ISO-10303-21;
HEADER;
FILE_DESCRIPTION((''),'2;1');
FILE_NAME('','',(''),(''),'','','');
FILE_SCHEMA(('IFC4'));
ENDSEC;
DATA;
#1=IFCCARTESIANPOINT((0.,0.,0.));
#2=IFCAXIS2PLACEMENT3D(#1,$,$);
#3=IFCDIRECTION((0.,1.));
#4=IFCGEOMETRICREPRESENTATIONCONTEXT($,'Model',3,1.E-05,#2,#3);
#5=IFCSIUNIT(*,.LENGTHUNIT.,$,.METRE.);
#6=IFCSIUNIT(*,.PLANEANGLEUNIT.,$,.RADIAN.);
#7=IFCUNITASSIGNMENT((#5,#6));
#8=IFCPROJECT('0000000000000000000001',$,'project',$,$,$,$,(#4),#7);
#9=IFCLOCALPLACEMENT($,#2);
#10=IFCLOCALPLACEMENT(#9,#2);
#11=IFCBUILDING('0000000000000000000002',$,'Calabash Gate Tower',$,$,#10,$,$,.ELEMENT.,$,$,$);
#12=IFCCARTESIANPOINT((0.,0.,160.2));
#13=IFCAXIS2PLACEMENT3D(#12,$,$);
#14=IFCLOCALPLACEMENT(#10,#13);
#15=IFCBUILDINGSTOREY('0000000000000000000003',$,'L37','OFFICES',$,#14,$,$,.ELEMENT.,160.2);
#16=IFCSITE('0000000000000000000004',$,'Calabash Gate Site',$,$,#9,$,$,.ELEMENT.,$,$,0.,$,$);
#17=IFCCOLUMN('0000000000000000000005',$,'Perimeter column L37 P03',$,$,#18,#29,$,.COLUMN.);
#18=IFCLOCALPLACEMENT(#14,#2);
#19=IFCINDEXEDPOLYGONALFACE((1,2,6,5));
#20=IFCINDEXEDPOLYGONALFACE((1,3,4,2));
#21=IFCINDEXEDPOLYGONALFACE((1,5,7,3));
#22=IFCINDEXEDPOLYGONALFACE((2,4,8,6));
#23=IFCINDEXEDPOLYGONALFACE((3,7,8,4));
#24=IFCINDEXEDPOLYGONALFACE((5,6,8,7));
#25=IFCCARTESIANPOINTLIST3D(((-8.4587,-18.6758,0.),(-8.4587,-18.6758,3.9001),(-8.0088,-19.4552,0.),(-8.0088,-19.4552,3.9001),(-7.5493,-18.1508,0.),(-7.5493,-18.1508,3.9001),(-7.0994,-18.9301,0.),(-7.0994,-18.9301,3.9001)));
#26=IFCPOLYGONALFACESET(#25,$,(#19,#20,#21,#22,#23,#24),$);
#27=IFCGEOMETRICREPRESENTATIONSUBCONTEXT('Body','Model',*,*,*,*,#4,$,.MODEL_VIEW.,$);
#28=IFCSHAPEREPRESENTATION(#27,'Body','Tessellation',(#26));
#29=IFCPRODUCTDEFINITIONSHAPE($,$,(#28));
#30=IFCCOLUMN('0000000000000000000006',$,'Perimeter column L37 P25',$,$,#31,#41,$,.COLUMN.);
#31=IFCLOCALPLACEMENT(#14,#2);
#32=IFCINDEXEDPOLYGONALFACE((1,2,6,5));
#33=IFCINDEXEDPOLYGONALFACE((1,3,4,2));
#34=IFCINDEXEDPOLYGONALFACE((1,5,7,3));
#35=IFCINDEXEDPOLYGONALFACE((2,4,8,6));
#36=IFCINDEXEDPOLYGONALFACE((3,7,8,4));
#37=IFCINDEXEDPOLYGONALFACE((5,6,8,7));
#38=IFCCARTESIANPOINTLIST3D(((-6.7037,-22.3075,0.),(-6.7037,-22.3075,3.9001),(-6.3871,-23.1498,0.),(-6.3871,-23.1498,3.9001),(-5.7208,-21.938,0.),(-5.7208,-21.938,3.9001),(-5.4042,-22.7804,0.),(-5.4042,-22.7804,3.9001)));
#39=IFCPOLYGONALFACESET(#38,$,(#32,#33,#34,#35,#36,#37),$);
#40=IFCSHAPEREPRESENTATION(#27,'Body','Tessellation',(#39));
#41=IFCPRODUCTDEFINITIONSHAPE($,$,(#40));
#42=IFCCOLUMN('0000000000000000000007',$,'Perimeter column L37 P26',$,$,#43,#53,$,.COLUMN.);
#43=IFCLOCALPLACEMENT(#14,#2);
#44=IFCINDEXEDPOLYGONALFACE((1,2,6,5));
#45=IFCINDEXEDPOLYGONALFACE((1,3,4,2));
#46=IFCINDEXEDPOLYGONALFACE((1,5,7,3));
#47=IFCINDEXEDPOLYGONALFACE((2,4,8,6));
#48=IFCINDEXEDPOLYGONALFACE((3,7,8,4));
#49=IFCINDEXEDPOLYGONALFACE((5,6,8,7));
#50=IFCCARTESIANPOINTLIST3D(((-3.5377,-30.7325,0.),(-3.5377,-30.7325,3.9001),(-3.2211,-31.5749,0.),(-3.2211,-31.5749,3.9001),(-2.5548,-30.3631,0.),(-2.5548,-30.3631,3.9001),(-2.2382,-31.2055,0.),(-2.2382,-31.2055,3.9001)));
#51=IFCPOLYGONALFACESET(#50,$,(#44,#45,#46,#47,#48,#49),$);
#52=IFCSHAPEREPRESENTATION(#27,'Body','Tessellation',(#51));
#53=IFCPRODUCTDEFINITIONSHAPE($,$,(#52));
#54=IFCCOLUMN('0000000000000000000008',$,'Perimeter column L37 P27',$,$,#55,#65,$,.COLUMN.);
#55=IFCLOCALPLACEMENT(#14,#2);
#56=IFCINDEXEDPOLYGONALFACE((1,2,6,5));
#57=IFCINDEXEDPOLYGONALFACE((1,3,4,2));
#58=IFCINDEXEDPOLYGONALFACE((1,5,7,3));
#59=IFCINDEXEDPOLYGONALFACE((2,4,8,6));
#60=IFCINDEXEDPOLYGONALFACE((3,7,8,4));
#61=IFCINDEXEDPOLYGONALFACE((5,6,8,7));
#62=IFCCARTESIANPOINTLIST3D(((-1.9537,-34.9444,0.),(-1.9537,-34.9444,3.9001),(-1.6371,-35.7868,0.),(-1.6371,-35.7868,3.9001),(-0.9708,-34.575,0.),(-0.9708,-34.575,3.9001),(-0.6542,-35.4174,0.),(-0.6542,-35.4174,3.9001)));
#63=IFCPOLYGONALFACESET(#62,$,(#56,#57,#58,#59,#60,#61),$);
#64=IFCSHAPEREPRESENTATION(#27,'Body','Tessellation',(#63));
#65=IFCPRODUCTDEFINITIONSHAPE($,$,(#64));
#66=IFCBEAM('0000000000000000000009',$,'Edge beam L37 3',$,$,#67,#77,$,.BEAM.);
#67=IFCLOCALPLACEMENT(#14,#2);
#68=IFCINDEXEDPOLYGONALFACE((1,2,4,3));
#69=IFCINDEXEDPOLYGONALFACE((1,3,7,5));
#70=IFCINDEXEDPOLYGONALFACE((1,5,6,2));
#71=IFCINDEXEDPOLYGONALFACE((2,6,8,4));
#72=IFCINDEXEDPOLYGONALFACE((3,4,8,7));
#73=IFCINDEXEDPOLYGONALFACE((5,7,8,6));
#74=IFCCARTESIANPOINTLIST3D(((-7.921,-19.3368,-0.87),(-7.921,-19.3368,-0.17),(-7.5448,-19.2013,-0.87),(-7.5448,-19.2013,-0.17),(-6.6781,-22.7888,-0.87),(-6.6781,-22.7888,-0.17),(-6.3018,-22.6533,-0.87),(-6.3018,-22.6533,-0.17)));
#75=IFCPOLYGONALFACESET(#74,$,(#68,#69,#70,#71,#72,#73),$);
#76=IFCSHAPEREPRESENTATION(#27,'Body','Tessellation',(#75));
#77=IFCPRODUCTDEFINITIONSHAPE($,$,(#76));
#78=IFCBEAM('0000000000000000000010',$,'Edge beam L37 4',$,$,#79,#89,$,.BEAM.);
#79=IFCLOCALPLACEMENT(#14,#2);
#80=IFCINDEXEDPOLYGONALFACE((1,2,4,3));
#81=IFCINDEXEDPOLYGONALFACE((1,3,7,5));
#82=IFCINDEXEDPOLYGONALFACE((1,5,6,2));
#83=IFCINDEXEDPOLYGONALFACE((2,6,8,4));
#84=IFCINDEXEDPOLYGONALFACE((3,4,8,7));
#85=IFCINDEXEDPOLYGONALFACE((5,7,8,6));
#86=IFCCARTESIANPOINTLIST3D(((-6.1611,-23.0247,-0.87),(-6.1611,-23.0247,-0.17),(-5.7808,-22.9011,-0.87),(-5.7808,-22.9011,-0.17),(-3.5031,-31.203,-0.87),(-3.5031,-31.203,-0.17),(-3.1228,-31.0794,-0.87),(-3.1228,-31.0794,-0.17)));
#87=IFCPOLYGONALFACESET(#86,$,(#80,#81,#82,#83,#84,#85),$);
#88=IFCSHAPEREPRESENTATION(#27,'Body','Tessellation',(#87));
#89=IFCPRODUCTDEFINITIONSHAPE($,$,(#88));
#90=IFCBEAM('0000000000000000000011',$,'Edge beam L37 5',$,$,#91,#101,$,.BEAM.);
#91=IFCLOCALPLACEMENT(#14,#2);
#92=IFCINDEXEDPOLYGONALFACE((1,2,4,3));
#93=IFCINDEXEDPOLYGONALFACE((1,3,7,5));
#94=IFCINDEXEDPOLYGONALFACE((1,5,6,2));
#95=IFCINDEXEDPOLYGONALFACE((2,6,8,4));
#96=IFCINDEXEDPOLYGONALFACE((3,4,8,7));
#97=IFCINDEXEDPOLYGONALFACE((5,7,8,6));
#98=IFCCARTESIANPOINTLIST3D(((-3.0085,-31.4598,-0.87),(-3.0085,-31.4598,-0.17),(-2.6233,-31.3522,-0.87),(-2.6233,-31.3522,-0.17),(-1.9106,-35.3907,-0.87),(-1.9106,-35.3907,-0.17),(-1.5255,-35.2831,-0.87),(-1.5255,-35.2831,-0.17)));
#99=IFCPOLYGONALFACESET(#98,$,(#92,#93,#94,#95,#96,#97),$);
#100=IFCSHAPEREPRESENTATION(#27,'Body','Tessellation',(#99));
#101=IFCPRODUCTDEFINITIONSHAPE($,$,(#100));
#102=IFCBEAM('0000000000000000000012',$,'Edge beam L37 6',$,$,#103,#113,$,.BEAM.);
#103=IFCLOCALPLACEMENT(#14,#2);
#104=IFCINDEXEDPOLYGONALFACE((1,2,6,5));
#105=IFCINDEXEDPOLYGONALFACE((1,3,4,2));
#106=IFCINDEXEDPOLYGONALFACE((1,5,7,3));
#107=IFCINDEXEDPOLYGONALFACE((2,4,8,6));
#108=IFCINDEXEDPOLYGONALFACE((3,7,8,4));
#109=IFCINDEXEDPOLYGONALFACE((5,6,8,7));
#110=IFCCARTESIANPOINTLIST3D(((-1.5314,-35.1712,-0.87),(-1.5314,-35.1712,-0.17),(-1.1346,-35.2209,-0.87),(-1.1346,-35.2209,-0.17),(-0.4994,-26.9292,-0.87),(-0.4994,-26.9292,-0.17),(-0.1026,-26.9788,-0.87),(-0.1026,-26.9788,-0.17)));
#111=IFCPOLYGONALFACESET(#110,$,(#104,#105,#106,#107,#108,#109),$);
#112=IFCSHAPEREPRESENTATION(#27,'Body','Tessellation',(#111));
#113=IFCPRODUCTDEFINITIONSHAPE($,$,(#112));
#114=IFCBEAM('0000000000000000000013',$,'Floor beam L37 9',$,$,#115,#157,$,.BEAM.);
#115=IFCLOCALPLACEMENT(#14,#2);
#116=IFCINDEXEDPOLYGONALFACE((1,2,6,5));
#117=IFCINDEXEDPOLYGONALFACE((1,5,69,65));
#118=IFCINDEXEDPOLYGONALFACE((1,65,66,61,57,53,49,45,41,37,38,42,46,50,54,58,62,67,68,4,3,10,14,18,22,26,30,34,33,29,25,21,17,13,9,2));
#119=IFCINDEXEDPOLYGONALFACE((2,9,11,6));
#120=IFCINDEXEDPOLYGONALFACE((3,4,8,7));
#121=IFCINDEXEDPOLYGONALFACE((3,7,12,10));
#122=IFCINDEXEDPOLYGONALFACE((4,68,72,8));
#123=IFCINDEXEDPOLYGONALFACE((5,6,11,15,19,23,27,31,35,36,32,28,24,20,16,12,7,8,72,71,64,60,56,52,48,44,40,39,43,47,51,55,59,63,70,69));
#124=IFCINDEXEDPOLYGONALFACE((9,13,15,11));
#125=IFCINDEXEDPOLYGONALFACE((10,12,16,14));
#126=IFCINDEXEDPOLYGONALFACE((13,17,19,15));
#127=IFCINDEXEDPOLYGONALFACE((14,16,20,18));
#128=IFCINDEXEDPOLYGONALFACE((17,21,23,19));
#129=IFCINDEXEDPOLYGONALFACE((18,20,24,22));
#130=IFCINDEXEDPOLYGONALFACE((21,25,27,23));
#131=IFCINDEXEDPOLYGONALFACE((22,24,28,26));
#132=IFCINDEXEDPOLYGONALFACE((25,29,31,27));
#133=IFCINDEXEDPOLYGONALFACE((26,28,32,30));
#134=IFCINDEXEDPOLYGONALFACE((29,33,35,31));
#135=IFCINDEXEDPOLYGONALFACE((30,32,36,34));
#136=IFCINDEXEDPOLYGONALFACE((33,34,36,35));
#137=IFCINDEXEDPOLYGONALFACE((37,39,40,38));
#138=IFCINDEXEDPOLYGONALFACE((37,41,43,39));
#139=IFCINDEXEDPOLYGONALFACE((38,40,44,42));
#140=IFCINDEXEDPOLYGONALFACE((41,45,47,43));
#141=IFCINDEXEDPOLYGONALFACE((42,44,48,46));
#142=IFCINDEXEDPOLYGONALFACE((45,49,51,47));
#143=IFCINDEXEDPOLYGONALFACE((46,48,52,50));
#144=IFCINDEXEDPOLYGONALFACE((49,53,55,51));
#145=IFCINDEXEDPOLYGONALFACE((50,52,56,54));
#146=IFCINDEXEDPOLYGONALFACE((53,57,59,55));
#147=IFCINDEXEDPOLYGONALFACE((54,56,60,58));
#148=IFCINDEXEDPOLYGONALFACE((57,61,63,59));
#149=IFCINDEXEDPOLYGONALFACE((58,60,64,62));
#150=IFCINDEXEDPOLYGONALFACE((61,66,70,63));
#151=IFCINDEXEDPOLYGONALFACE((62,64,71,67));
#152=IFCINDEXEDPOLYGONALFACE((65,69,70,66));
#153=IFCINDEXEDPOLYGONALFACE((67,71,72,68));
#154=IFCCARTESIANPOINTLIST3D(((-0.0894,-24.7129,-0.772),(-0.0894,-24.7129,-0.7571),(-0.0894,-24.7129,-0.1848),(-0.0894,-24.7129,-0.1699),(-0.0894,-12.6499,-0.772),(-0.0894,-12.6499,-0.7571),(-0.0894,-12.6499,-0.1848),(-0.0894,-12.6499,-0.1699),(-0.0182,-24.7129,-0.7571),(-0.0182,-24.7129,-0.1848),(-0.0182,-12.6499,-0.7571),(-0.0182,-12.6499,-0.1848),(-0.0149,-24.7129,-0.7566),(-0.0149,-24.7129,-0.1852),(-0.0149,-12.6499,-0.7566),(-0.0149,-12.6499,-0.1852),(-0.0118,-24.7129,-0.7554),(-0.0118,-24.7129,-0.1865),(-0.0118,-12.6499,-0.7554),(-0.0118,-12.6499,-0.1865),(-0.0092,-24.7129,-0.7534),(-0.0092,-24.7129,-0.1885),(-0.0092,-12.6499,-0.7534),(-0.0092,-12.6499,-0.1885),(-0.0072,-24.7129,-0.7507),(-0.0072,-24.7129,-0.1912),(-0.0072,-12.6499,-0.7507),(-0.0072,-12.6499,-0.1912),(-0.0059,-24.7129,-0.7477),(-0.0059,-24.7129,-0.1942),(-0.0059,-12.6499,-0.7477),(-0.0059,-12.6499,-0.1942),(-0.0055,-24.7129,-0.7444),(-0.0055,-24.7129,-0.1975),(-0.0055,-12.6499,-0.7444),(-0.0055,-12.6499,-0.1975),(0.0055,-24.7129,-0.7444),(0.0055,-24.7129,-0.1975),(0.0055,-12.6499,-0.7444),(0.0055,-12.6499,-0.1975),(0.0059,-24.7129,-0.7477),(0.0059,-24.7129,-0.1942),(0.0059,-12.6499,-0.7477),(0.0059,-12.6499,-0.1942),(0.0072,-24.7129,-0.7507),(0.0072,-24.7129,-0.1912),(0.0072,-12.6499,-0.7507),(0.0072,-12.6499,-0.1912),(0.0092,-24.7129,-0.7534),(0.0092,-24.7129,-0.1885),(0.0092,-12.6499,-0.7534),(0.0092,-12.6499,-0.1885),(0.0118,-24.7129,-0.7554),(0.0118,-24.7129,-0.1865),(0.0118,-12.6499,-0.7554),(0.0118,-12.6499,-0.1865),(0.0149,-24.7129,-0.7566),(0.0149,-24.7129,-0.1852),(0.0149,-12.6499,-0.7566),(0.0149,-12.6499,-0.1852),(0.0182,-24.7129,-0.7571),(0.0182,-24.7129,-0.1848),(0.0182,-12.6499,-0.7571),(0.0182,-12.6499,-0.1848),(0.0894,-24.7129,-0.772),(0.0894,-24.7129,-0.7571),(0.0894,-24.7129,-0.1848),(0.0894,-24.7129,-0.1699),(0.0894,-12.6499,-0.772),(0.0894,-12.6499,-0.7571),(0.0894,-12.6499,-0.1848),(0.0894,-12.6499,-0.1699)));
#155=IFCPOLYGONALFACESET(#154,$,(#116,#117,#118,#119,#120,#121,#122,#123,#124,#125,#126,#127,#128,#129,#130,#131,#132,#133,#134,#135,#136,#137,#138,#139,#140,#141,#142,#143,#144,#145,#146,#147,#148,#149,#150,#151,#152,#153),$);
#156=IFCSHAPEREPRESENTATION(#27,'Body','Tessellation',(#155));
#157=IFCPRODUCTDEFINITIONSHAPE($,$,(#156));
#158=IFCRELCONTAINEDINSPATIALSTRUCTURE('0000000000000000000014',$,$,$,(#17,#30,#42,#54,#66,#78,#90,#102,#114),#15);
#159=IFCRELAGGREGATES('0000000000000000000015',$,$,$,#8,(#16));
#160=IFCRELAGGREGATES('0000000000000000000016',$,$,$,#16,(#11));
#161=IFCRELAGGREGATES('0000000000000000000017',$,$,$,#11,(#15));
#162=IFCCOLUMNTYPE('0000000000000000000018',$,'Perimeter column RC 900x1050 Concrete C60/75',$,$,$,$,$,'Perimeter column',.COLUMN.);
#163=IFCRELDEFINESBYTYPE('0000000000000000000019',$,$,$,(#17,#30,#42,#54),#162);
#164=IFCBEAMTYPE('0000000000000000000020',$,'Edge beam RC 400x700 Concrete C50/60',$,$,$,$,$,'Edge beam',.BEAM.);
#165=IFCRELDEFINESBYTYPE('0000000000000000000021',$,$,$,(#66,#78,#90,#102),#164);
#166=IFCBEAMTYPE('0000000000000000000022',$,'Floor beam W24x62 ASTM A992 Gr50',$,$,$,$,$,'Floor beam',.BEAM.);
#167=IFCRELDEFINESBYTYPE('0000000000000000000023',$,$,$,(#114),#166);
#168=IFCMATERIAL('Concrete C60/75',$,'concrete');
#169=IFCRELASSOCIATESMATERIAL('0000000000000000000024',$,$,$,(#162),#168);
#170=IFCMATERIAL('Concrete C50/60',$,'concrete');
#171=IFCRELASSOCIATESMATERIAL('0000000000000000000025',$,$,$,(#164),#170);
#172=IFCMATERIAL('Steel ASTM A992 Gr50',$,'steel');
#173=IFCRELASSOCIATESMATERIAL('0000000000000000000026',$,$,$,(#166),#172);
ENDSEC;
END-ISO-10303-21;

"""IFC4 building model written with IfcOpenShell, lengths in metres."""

from ifc_helpers import new_model, si_unit, direction, frame, origin, origin_2d, place, context, subcontext, project, spatial, rectangle, i_section, extrude, material, material_profile, profile_set, type_object, element, save


model = new_model("IFC4")

# Units and contexts
model_context = context("Model", 3, precision=1e-05, world=origin(), true_north=direction((0.0, 1.0)))
body_context = subcontext(model_context, "Body", "Model", "MODEL_VIEW")
ifc_project = project(units=[si_unit("LENGTHUNIT", "METRE"), si_unit("PLANEANGLEUNIT", "RADIAN")], contexts=[model_context])

# Site, building, storey
site_placement = place(None, origin())
site = spatial("IfcSite", under=ifc_project, at=site_placement, Name="Calabash Gate Site", CompositionType="ELEMENT", RefElevation=0.0)
building_placement = place(site_placement, origin())
building = spatial("IfcBuilding", under=site, at=building_placement, Name="Calabash Gate Tower", CompositionType="ELEMENT")
storey_placement = place(building_placement, frame((0.0, 0.0, 160.2)))
storey = spatial("IfcBuildingStorey", under=building, at=storey_placement, Name="L37", Description="OFFICES", CompositionType="ELEMENT", Elevation=160.2)

# Columns
ifc_material_1 = material(Name="Concrete C60/75", Category="concrete")
ifc_material_profile_1 = material_profile(ifc_material_1, rectangle(XDim=0.8999, YDim=1.05, at=origin_2d()))
ifc_profile_set_1 = profile_set([ifc_material_profile_1], Name="Concrete C60/75")
column_type = type_object("IfcColumnType", Name="Perimeter column RC 900x1050 Concrete C60/75", ElementType="Perimeter column", PredefinedType="COLUMN", material=ifc_profile_set_1)
for number, where, z_axis, x_axis, name in (
    (1, (-7.7791, -18.803, 0.0), (0.0, 0.0, 1.0), (0.5, -0.866025, 0.0), "Perimeter column L37 P03"),
    (2, (-6.054, -22.5439, 0.0), (0.0, 0.0, 1.0), (0.351823, -0.936067, 0.0), "Perimeter column L37 P25"),
    (3, (-2.8879, -30.969, 0.0), (0.0, 0.0, 1.0), (0.351823, -0.936067, 0.0), "Perimeter column L37 P26"),
    (4, (-1.304, -35.1809, 0.0), (0.0, 0.0, 1.0), (0.351823, -0.936067, 0.0), "Perimeter column L37 P27"),
):
    element("IfcColumn", number, at=place(storey_placement, frame(where, z_axis=z_axis, x_axis=x_axis)), inside=storey, type_object=column_type, Name=name, PredefinedType="COLUMN", context=body_context, shape_type="SweptSolid", body=[
        extrude(rectangle(XDim=0.8999, YDim=1.05, at=origin_2d()), origin(), (0.0, 0.0, 1.0), 3.9001),
    ])

# Beams
ifc_material_2 = material(Name="Concrete C50/60", Category="concrete")
ifc_material_profile_2 = material_profile(ifc_material_2, rectangle(XDim=0.3999, YDim=0.7, at=origin_2d()))
ifc_profile_set_2 = profile_set([ifc_material_profile_2], Name="Concrete C50/60")
beam_type_1 = type_object("IfcBeamType", Name="Edge beam RC 400x700 Concrete C50/60", ElementType="Edge beam", PredefinedType="BEAM", material=ifc_profile_set_2)
beam_1_placement = place(storey_placement, frame((-7.7329, -19.269, -0.52), z_axis=(0.338776, -0.940867, 0.0), x_axis=(0.940867, 0.338776, 0.0)))
element("IfcBeam", 5, at=beam_1_placement, inside=storey, type_object=beam_type_1, Name="Edge beam L37 3", PredefinedType="BEAM", context=body_context, shape_type="SweptSolid", body=[
    extrude(rectangle(XDim=0.3999, YDim=0.7, at=origin_2d()), origin(), (0.0, 0.0, 1.0), 3.6689),
])
beam_2_placement = place(storey_placement, frame((-5.9709, -22.9629, -0.52), z_axis=(0.30909, -0.951033, 0.0), x_axis=(0.951033, 0.30909, 0.0)))
element("IfcBeam", 6, at=beam_2_placement, inside=storey, type_object=beam_type_1, Name="Edge beam L37 4", PredefinedType="BEAM", context=body_context, shape_type="SweptSolid", body=[
    extrude(rectangle(XDim=0.3999, YDim=0.7, at=origin_2d()), origin(), (0.0, 0.0, 1.0), 8.5994),
])
beam_3_placement = place(storey_placement, frame((-2.8159, -31.406, -0.52), z_axis=(0.269004, -0.963139, 0.0), x_axis=(0.963139, 0.269004, 0.0)))
element("IfcBeam", 7, at=beam_3_placement, inside=storey, type_object=beam_type_1, Name="Edge beam L37 5", PredefinedType="BEAM", context=body_context, shape_type="SweptSolid", body=[
    extrude(rectangle(XDim=0.3999, YDim=0.7, at=origin_2d()), origin(), (0.0, 0.0, 1.0), 4.0813),
])
beam_4_placement = place(storey_placement, frame((-1.333, -35.196, -0.52), z_axis=(0.124241, 0.992252, 0.0), x_axis=(-0.992252, 0.124241, 0.0)))
element("IfcBeam", 8, at=beam_4_placement, inside=storey, type_object=beam_type_1, Name="Edge beam L37 6", PredefinedType="BEAM", context=body_context, shape_type="SweptSolid", body=[
    extrude(rectangle(XDim=0.3999, YDim=0.7, at=origin_2d()), origin(), (0.0, 0.0, 1.0), 8.3064),
])
ifc_material_3 = material(Name="Steel ASTM A992 Gr50", Category="steel")
ifc_material_profile_3 = material_profile(ifc_material_3, i_section(OverallWidth=0.1787, OverallDepth=0.6021, WebThickness=0.011, FlangeThickness=0.0149, FilletRadius=0.0127, at=origin_2d()))
ifc_profile_set_3 = profile_set([ifc_material_profile_3], Name="Steel ASTM A992 Gr50")
beam_type_2 = type_object("IfcBeamType", Name="Floor beam W24x62 ASTM A992 Gr50", ElementType="Floor beam", PredefinedType="BEAM", material=ifc_profile_set_3)
beam_5_placement = place(storey_placement, frame((0.0, -24.7129, -0.4709), z_axis=(0.0, 1.0, 0.0), x_axis=(-1.0, 0.0, 0.0)))
element("IfcBeam", 9, at=beam_5_placement, inside=storey, type_object=beam_type_2, Name="Floor beam L37 9", PredefinedType="BEAM", context=body_context, shape_type="SweptSolid", body=[
    extrude(i_section(OverallWidth=0.1787, OverallDepth=0.6021, WebThickness=0.011, FlangeThickness=0.0149, FilletRadius=0.0127, at=origin_2d()), origin(), (0.0, 0.0, 1.0), 12.063),
])

save(model, "model.ifc")
